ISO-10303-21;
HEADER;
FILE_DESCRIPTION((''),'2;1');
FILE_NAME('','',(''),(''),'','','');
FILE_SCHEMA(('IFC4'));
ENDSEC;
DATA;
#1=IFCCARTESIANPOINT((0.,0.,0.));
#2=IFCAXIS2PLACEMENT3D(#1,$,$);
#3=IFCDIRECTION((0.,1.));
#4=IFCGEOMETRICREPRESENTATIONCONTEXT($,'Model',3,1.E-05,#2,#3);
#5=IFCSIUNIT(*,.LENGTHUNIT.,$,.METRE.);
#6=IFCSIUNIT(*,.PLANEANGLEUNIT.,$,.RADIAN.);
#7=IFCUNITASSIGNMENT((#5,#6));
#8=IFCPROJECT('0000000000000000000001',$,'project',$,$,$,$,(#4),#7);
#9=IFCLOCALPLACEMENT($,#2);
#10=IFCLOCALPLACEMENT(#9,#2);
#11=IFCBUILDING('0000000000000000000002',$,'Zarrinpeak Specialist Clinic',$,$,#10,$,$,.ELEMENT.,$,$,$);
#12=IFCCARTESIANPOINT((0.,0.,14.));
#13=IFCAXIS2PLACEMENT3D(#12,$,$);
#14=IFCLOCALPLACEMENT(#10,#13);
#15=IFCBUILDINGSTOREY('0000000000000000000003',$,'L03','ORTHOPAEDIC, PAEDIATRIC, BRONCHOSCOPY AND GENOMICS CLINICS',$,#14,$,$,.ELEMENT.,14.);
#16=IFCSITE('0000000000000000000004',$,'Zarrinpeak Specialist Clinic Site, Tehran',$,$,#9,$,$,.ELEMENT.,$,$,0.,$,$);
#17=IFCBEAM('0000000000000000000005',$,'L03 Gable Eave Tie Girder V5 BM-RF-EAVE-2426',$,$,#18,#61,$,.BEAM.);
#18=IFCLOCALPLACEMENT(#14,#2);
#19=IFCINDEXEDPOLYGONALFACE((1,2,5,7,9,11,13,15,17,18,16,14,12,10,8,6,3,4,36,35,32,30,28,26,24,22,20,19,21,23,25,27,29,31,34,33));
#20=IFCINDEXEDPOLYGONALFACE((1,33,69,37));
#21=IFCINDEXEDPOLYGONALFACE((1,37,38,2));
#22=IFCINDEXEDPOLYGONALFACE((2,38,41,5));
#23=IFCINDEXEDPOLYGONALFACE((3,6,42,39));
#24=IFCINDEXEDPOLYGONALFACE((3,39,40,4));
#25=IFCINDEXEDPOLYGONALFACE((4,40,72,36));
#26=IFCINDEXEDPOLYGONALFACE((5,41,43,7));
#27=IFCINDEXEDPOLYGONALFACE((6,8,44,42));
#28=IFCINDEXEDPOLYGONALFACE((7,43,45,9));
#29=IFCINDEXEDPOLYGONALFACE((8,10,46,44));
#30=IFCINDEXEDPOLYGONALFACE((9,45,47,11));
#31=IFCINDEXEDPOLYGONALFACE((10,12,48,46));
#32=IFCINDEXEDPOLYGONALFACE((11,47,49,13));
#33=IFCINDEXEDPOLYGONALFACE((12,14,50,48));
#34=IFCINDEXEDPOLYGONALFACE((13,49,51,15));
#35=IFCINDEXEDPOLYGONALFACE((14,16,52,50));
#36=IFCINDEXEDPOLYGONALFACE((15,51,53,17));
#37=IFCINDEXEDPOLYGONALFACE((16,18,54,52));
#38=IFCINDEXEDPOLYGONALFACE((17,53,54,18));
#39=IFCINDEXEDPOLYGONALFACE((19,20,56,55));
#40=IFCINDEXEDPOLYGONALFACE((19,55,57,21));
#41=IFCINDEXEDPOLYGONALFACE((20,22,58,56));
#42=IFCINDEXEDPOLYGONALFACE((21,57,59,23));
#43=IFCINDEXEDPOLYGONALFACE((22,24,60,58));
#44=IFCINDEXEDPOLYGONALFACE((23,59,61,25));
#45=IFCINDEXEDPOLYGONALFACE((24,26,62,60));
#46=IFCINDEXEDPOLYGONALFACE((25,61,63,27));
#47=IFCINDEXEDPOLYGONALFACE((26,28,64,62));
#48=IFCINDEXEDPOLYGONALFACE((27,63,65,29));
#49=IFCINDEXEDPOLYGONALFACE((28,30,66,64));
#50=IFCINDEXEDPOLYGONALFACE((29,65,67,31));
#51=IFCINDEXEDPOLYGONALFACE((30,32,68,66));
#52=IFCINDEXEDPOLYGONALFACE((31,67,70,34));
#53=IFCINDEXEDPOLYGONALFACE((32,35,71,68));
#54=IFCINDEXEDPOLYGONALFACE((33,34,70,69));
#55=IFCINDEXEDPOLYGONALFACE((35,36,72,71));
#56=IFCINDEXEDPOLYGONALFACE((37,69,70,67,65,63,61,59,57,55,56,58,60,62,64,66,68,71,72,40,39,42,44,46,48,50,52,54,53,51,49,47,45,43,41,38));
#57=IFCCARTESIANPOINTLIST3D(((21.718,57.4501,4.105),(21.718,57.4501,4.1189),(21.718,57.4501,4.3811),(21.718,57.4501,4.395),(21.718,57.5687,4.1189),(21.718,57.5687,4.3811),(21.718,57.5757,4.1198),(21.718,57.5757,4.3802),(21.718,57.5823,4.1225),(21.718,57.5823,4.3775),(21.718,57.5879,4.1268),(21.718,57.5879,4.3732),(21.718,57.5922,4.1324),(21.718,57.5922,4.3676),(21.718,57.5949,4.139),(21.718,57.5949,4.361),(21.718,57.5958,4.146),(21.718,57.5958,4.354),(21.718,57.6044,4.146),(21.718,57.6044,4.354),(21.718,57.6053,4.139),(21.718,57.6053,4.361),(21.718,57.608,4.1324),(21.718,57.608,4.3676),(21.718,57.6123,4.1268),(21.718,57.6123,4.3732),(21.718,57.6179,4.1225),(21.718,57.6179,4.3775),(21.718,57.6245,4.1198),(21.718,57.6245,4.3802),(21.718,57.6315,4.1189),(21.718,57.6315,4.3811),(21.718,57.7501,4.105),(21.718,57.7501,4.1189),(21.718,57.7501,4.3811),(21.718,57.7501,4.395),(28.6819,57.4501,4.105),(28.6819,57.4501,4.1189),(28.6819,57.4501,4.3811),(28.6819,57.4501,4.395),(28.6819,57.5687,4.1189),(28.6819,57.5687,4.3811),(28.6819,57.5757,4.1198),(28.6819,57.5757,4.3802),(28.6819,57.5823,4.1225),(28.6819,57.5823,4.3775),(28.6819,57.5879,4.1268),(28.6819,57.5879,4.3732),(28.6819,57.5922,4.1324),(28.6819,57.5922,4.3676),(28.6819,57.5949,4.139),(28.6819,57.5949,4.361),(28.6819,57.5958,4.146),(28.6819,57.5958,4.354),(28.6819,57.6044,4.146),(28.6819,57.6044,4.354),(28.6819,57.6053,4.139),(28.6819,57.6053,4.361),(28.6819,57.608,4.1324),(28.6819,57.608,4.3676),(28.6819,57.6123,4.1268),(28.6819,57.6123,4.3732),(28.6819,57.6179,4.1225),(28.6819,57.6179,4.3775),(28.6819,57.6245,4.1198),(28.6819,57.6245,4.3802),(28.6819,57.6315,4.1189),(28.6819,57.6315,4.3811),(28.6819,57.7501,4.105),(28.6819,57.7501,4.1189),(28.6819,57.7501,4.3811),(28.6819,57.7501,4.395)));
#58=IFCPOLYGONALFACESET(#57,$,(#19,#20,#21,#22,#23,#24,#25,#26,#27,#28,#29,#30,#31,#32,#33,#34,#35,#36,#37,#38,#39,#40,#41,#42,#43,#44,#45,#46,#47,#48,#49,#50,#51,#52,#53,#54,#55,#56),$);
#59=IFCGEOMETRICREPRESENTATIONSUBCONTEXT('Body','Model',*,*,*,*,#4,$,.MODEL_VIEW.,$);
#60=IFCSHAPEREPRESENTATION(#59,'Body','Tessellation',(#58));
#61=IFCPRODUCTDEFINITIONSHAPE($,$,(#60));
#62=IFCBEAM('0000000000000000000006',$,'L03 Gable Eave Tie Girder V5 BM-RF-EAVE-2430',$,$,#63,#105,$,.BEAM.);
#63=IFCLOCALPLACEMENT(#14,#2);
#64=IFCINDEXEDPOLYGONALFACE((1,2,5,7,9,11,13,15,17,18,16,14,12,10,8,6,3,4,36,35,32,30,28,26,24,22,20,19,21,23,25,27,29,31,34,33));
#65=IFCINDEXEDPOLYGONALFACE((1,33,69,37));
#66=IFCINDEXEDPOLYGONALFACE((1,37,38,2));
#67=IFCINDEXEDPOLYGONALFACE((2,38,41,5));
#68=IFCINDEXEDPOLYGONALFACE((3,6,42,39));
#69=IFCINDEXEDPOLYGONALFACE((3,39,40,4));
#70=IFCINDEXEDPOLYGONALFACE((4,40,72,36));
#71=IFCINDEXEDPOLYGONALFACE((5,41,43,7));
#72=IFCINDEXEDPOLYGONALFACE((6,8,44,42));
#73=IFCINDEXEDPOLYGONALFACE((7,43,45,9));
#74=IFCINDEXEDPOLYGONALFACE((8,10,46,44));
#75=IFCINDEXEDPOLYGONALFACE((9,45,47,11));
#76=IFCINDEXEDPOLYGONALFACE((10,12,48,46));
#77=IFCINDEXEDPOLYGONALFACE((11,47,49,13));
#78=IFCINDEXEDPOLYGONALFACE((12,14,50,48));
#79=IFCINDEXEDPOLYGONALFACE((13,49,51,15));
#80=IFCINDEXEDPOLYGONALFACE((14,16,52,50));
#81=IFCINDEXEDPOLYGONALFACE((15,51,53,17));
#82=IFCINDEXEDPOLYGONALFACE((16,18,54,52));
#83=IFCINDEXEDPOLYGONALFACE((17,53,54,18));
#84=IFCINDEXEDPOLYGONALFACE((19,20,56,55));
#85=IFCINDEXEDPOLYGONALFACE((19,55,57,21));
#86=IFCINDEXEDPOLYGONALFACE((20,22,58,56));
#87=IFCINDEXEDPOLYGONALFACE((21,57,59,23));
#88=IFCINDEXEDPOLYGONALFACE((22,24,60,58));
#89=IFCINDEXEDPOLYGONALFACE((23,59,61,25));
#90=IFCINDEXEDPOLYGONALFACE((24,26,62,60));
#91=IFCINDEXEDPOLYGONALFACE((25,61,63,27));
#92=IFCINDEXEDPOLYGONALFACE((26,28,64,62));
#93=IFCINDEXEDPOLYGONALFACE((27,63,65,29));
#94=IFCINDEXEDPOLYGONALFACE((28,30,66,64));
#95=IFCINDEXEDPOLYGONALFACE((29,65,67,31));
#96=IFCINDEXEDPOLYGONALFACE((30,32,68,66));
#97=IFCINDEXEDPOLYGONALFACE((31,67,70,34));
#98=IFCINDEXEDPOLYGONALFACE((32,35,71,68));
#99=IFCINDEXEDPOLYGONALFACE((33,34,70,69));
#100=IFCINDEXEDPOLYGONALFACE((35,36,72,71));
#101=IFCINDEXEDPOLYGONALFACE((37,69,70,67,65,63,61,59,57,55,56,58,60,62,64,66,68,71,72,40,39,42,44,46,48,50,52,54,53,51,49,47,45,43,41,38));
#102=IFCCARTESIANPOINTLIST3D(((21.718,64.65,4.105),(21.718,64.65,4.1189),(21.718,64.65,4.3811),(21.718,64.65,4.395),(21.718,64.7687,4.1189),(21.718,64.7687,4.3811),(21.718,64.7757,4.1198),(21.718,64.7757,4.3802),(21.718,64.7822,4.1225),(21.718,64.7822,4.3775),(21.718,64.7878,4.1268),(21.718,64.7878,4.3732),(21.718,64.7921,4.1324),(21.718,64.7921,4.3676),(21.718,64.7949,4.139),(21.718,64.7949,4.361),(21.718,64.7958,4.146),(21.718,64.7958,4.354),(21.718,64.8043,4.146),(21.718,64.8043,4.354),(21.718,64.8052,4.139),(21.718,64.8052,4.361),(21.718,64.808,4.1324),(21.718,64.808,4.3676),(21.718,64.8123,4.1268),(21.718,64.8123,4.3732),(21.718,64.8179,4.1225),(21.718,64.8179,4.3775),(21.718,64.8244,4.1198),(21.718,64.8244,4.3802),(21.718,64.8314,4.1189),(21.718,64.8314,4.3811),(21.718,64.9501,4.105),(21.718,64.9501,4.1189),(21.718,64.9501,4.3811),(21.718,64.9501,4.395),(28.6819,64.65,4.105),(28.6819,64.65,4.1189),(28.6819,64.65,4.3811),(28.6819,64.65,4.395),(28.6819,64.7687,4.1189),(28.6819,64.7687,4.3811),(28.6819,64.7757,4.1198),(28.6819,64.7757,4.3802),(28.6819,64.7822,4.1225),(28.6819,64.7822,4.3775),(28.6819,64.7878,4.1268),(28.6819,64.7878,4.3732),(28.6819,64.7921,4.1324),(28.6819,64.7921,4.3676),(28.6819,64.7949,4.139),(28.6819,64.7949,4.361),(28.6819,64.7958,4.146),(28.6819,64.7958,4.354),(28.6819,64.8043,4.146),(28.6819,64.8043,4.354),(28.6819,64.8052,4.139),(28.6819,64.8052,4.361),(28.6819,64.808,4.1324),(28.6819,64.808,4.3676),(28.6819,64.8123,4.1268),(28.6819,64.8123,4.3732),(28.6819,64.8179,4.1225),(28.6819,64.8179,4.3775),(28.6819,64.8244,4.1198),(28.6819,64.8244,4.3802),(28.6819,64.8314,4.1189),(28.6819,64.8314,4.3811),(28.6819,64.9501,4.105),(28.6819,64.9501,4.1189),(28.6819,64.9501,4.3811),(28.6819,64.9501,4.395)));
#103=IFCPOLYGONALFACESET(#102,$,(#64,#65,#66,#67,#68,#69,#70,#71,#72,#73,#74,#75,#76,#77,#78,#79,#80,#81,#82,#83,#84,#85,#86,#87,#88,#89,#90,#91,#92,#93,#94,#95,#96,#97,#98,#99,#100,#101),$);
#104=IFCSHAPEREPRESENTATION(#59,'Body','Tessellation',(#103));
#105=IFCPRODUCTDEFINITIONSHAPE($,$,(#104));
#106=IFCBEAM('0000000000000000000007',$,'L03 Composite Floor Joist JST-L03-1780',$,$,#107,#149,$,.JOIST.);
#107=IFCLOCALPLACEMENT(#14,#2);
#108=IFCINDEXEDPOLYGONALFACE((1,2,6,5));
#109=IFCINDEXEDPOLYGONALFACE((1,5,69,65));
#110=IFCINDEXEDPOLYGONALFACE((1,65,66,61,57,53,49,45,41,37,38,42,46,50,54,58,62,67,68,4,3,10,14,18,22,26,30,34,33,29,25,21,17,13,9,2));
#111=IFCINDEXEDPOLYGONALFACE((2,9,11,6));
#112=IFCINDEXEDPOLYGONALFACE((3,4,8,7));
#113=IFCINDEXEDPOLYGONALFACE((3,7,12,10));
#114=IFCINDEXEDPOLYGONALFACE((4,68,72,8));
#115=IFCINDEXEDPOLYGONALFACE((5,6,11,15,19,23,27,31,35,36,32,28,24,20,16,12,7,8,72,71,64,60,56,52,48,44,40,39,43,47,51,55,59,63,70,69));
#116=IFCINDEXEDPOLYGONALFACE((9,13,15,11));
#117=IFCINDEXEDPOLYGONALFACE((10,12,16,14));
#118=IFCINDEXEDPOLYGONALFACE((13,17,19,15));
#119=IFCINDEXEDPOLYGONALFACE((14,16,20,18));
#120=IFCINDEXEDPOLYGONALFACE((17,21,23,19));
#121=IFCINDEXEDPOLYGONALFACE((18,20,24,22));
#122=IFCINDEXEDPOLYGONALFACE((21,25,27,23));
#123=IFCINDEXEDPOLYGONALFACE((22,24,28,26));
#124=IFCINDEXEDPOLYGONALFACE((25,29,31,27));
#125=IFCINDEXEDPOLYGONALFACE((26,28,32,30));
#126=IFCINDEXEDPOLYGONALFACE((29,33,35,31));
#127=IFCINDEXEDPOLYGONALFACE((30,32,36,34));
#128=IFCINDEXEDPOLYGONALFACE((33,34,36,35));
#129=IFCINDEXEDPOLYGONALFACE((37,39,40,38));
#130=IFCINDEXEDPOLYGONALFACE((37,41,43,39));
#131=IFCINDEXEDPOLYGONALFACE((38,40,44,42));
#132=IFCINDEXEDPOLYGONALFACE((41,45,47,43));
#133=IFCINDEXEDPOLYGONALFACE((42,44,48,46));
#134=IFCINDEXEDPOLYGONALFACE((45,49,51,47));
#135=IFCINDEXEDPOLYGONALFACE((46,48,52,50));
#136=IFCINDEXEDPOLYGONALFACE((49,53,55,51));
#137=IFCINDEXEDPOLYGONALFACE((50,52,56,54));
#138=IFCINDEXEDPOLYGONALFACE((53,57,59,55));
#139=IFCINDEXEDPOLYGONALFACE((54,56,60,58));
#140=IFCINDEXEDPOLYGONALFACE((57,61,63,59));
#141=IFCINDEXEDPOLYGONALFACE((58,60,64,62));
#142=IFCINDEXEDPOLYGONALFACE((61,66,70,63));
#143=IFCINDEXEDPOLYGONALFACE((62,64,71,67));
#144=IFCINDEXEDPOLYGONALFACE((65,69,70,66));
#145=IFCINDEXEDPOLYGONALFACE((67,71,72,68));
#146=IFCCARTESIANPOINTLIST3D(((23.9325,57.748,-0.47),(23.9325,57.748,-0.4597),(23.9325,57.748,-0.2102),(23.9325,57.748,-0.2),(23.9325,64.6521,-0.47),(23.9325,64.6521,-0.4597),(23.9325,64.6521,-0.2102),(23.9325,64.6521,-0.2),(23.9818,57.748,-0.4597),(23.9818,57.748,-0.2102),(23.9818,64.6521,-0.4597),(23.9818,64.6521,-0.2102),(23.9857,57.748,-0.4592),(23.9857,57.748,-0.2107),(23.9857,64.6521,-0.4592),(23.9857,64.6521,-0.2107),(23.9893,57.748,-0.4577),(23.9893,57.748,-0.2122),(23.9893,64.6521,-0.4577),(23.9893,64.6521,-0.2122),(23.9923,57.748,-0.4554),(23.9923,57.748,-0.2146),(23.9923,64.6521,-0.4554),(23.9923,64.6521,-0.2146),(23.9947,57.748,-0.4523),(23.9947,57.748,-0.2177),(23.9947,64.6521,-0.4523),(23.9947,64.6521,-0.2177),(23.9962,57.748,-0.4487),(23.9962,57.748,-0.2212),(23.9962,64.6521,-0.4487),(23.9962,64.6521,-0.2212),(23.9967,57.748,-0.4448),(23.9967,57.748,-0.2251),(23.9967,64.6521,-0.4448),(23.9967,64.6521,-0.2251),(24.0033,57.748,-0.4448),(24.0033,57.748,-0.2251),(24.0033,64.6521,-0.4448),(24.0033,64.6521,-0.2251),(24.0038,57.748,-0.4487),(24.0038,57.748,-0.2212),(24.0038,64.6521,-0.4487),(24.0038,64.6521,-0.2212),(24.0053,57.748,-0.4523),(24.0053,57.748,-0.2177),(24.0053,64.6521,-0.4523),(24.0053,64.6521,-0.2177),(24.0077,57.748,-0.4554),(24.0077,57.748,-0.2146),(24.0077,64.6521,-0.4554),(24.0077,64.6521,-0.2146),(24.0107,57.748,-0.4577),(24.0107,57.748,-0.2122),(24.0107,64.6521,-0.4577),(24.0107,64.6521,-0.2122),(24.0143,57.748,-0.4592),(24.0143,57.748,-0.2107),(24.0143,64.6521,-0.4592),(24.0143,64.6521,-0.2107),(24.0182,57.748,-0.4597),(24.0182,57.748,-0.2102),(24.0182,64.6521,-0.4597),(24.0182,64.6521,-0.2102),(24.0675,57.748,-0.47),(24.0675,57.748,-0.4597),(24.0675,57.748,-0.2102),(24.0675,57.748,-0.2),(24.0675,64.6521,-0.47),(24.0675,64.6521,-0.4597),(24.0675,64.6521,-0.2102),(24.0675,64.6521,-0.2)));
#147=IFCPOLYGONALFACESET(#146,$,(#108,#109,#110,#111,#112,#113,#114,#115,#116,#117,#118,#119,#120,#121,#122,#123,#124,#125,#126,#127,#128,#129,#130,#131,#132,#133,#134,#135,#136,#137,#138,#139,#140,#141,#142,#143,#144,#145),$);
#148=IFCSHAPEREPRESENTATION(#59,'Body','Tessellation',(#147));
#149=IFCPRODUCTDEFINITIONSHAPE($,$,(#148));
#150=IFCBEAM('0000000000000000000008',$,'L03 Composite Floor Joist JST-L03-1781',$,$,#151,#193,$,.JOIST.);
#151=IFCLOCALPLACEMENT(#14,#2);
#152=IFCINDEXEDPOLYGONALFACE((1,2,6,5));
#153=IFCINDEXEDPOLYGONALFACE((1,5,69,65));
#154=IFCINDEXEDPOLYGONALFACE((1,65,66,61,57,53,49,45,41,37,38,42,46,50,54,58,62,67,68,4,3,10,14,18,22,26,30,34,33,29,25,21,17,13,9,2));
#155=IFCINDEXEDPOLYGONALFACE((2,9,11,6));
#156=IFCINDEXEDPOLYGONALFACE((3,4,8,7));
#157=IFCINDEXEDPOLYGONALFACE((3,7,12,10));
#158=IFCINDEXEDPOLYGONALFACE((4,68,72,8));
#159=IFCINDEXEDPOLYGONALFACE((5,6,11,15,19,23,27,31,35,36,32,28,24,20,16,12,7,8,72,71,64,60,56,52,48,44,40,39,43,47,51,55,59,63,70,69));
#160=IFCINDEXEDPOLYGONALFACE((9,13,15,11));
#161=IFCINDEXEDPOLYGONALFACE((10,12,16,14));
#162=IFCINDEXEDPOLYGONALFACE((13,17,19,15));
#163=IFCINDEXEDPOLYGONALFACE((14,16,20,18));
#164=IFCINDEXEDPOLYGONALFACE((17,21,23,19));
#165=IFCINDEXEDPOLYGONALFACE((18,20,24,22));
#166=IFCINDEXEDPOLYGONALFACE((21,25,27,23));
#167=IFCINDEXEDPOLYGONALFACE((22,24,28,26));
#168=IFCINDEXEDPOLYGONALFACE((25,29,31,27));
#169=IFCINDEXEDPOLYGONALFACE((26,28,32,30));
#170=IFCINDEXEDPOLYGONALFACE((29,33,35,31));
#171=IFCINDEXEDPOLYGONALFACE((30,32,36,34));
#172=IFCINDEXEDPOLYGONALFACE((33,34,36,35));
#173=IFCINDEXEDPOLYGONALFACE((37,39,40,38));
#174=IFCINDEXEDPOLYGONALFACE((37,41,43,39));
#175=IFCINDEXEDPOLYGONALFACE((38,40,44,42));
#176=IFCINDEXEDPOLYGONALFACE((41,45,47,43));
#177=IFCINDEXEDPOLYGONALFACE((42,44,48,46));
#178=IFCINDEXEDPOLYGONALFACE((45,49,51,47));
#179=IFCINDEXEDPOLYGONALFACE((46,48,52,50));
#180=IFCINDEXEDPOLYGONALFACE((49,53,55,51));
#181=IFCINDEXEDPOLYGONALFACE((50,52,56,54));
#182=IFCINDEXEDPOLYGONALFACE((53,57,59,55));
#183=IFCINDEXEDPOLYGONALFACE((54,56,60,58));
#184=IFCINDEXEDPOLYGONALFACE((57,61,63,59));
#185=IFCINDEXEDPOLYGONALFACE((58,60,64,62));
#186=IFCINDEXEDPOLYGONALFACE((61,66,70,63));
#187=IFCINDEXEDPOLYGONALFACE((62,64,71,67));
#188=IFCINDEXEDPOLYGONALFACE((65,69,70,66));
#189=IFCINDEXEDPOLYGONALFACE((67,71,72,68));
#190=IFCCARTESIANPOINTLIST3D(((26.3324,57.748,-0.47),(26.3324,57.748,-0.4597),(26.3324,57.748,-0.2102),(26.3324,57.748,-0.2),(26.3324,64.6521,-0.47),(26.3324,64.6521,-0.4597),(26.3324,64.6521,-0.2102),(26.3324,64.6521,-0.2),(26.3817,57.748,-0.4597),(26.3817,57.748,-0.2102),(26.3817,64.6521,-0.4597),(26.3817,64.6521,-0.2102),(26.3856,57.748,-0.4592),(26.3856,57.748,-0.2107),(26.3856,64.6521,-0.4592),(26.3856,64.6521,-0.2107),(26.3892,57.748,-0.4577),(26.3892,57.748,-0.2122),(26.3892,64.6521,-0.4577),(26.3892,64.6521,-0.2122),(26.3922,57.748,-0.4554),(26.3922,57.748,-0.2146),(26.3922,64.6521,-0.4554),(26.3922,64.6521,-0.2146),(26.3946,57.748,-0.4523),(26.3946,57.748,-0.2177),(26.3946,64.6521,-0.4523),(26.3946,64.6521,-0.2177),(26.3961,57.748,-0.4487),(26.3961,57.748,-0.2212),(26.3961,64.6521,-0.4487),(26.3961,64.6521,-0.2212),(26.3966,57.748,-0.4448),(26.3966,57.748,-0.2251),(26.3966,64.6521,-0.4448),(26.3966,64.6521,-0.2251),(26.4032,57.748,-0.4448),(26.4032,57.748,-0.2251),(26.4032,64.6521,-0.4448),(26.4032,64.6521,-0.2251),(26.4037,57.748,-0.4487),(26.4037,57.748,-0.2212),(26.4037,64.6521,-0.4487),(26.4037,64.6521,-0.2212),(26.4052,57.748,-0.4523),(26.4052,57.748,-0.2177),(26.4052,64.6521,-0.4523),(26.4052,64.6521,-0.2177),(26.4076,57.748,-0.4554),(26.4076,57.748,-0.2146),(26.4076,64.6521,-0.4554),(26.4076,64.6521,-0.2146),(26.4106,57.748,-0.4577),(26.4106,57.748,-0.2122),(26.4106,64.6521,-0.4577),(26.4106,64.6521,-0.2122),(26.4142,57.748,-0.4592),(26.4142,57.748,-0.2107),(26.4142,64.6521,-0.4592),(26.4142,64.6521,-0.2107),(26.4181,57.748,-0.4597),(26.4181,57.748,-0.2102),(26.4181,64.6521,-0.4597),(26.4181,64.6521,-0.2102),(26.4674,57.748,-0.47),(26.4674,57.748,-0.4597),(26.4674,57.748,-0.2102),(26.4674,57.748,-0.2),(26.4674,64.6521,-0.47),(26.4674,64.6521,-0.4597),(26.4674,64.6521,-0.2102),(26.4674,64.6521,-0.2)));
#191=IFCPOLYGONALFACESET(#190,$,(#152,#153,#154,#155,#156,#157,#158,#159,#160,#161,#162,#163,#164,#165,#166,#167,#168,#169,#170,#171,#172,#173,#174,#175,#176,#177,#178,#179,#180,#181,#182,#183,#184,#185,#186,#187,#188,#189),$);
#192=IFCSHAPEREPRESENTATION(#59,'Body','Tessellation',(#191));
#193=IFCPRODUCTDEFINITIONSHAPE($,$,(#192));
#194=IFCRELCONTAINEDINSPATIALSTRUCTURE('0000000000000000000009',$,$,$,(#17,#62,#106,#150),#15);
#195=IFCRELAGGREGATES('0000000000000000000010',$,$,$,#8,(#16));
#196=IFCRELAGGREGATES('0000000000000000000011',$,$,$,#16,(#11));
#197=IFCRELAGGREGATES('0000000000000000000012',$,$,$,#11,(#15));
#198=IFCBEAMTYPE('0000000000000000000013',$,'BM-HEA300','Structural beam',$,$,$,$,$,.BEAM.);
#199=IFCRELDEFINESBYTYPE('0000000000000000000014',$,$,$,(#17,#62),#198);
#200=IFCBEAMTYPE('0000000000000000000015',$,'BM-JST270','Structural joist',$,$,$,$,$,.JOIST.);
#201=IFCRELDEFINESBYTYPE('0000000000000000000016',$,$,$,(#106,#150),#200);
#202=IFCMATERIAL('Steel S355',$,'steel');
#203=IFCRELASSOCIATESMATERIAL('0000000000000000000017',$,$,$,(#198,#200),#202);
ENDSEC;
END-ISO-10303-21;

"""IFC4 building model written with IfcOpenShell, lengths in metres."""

from ifc_helpers import new_model, si_unit, direction, frame, origin, origin_2d, place, context, subcontext, project, spatial, i_section, extrude, material, material_profile, profile_set, type_object, element, save


model = new_model("IFC4")

# Units and contexts
model_context = context("Model", 3, precision=1e-05, world=origin(), true_north=direction((0.0, 1.0)))
body_context = subcontext(model_context, "Body", "Model", "MODEL_VIEW")
ifc_project = project(units=[si_unit("LENGTHUNIT", "METRE"), si_unit("PLANEANGLEUNIT", "RADIAN")], contexts=[model_context])

# Site, building, storey
site_placement = place(None, origin())
site = spatial("IfcSite", under=ifc_project, at=site_placement, Name="Zarrinpeak Specialist Clinic Site, Tehran", CompositionType="ELEMENT", RefElevation=0.0)
building_placement = place(site_placement, origin())
building = spatial("IfcBuilding", under=site, at=building_placement, Name="Zarrinpeak Specialist Clinic", CompositionType="ELEMENT")
storey_placement = place(building_placement, frame((0.0, 0.0, 14.0)))
storey = spatial("IfcBuildingStorey", under=building, at=storey_placement, Name="L03", Description="ORTHOPAEDIC, PAEDIATRIC, BRONCHOSCOPY AND GENOMICS CLINICS", CompositionType="ELEMENT", Elevation=14.0)

# Shared definitions
ifc_material_1 = material(Name="Steel S355", Category="steel")

# Beams
ifc_material_profile_1 = material_profile(ifc_material_1, i_section(OverallWidth=0.3, OverallDepth=0.29, WebThickness=0.0085, FlangeThickness=0.0139, FilletRadius=0.0271, at=origin_2d()), Name="HEA 300")
ifc_profile_set_1 = profile_set([ifc_material_profile_1], Name="Steel S355")
beam_type_1 = type_object("IfcBeamType", Name="BM-HEA300", Description="Structural beam", PredefinedType="BEAM", material=ifc_profile_set_1)
for number, where, z_axis, x_axis, name in (
    (1, (21.718, 57.6001, 4.25), (1.0, 0.0, 0.0), (0.0, 1.0, 0.0), "L03 Gable Eave Tie Girder V5 BM-RF-EAVE-2426"),
    (2, (21.718, 64.8, 4.25), (1.0, 0.0, 0.0), (0.0, 1.0, 0.0), "L03 Gable Eave Tie Girder V5 BM-RF-EAVE-2430"),
):
    element("IfcBeam", number, at=place(storey_placement, frame(where, z_axis=z_axis, x_axis=x_axis)), inside=storey, type_object=beam_type_1, Name=name, PredefinedType="BEAM", context=body_context, shape_type="SweptSolid", body=[
        extrude(i_section(OverallWidth=0.3, OverallDepth=0.29, WebThickness=0.0085, FlangeThickness=0.0139, FilletRadius=0.0271, at=origin_2d()), origin(), (0.0, 0.0, 1.0), 6.9639),
    ])
ifc_material_profile_2 = material_profile(ifc_material_1, i_section(OverallWidth=0.135, OverallDepth=0.27, WebThickness=0.0066, FlangeThickness=0.0103, FilletRadius=0.0149, at=origin_2d()), Name="IPE 270")
ifc_profile_set_2 = profile_set([ifc_material_profile_2], Name="Steel S355")
beam_type_2 = type_object("IfcBeamType", Name="BM-JST270", Description="Structural joist", PredefinedType="JOIST", material=ifc_profile_set_2)
for number, where, z_axis, x_axis, name in (
    (3, (24.0, 57.748, -0.335), (0.0, 1.0, 0.0), (-1.0, 0.0, 0.0), "L03 Composite Floor Joist JST-L03-1780"),
    (4, (26.3999, 57.748, -0.335), (0.0, 1.0, 0.0), (-1.0, 0.0, 0.0), "L03 Composite Floor Joist JST-L03-1781"),
):
    element("IfcBeam", number, at=place(storey_placement, frame(where, z_axis=z_axis, x_axis=x_axis)), inside=storey, type_object=beam_type_2, Name=name, PredefinedType="JOIST", context=body_context, shape_type="SweptSolid", body=[
        extrude(i_section(OverallWidth=0.135, OverallDepth=0.27, WebThickness=0.0066, FlangeThickness=0.0103, FilletRadius=0.0149, at=origin_2d()), origin(), (0.0, 0.0, 1.0), 6.9041),
    ])

save(model, "model.ifc")
